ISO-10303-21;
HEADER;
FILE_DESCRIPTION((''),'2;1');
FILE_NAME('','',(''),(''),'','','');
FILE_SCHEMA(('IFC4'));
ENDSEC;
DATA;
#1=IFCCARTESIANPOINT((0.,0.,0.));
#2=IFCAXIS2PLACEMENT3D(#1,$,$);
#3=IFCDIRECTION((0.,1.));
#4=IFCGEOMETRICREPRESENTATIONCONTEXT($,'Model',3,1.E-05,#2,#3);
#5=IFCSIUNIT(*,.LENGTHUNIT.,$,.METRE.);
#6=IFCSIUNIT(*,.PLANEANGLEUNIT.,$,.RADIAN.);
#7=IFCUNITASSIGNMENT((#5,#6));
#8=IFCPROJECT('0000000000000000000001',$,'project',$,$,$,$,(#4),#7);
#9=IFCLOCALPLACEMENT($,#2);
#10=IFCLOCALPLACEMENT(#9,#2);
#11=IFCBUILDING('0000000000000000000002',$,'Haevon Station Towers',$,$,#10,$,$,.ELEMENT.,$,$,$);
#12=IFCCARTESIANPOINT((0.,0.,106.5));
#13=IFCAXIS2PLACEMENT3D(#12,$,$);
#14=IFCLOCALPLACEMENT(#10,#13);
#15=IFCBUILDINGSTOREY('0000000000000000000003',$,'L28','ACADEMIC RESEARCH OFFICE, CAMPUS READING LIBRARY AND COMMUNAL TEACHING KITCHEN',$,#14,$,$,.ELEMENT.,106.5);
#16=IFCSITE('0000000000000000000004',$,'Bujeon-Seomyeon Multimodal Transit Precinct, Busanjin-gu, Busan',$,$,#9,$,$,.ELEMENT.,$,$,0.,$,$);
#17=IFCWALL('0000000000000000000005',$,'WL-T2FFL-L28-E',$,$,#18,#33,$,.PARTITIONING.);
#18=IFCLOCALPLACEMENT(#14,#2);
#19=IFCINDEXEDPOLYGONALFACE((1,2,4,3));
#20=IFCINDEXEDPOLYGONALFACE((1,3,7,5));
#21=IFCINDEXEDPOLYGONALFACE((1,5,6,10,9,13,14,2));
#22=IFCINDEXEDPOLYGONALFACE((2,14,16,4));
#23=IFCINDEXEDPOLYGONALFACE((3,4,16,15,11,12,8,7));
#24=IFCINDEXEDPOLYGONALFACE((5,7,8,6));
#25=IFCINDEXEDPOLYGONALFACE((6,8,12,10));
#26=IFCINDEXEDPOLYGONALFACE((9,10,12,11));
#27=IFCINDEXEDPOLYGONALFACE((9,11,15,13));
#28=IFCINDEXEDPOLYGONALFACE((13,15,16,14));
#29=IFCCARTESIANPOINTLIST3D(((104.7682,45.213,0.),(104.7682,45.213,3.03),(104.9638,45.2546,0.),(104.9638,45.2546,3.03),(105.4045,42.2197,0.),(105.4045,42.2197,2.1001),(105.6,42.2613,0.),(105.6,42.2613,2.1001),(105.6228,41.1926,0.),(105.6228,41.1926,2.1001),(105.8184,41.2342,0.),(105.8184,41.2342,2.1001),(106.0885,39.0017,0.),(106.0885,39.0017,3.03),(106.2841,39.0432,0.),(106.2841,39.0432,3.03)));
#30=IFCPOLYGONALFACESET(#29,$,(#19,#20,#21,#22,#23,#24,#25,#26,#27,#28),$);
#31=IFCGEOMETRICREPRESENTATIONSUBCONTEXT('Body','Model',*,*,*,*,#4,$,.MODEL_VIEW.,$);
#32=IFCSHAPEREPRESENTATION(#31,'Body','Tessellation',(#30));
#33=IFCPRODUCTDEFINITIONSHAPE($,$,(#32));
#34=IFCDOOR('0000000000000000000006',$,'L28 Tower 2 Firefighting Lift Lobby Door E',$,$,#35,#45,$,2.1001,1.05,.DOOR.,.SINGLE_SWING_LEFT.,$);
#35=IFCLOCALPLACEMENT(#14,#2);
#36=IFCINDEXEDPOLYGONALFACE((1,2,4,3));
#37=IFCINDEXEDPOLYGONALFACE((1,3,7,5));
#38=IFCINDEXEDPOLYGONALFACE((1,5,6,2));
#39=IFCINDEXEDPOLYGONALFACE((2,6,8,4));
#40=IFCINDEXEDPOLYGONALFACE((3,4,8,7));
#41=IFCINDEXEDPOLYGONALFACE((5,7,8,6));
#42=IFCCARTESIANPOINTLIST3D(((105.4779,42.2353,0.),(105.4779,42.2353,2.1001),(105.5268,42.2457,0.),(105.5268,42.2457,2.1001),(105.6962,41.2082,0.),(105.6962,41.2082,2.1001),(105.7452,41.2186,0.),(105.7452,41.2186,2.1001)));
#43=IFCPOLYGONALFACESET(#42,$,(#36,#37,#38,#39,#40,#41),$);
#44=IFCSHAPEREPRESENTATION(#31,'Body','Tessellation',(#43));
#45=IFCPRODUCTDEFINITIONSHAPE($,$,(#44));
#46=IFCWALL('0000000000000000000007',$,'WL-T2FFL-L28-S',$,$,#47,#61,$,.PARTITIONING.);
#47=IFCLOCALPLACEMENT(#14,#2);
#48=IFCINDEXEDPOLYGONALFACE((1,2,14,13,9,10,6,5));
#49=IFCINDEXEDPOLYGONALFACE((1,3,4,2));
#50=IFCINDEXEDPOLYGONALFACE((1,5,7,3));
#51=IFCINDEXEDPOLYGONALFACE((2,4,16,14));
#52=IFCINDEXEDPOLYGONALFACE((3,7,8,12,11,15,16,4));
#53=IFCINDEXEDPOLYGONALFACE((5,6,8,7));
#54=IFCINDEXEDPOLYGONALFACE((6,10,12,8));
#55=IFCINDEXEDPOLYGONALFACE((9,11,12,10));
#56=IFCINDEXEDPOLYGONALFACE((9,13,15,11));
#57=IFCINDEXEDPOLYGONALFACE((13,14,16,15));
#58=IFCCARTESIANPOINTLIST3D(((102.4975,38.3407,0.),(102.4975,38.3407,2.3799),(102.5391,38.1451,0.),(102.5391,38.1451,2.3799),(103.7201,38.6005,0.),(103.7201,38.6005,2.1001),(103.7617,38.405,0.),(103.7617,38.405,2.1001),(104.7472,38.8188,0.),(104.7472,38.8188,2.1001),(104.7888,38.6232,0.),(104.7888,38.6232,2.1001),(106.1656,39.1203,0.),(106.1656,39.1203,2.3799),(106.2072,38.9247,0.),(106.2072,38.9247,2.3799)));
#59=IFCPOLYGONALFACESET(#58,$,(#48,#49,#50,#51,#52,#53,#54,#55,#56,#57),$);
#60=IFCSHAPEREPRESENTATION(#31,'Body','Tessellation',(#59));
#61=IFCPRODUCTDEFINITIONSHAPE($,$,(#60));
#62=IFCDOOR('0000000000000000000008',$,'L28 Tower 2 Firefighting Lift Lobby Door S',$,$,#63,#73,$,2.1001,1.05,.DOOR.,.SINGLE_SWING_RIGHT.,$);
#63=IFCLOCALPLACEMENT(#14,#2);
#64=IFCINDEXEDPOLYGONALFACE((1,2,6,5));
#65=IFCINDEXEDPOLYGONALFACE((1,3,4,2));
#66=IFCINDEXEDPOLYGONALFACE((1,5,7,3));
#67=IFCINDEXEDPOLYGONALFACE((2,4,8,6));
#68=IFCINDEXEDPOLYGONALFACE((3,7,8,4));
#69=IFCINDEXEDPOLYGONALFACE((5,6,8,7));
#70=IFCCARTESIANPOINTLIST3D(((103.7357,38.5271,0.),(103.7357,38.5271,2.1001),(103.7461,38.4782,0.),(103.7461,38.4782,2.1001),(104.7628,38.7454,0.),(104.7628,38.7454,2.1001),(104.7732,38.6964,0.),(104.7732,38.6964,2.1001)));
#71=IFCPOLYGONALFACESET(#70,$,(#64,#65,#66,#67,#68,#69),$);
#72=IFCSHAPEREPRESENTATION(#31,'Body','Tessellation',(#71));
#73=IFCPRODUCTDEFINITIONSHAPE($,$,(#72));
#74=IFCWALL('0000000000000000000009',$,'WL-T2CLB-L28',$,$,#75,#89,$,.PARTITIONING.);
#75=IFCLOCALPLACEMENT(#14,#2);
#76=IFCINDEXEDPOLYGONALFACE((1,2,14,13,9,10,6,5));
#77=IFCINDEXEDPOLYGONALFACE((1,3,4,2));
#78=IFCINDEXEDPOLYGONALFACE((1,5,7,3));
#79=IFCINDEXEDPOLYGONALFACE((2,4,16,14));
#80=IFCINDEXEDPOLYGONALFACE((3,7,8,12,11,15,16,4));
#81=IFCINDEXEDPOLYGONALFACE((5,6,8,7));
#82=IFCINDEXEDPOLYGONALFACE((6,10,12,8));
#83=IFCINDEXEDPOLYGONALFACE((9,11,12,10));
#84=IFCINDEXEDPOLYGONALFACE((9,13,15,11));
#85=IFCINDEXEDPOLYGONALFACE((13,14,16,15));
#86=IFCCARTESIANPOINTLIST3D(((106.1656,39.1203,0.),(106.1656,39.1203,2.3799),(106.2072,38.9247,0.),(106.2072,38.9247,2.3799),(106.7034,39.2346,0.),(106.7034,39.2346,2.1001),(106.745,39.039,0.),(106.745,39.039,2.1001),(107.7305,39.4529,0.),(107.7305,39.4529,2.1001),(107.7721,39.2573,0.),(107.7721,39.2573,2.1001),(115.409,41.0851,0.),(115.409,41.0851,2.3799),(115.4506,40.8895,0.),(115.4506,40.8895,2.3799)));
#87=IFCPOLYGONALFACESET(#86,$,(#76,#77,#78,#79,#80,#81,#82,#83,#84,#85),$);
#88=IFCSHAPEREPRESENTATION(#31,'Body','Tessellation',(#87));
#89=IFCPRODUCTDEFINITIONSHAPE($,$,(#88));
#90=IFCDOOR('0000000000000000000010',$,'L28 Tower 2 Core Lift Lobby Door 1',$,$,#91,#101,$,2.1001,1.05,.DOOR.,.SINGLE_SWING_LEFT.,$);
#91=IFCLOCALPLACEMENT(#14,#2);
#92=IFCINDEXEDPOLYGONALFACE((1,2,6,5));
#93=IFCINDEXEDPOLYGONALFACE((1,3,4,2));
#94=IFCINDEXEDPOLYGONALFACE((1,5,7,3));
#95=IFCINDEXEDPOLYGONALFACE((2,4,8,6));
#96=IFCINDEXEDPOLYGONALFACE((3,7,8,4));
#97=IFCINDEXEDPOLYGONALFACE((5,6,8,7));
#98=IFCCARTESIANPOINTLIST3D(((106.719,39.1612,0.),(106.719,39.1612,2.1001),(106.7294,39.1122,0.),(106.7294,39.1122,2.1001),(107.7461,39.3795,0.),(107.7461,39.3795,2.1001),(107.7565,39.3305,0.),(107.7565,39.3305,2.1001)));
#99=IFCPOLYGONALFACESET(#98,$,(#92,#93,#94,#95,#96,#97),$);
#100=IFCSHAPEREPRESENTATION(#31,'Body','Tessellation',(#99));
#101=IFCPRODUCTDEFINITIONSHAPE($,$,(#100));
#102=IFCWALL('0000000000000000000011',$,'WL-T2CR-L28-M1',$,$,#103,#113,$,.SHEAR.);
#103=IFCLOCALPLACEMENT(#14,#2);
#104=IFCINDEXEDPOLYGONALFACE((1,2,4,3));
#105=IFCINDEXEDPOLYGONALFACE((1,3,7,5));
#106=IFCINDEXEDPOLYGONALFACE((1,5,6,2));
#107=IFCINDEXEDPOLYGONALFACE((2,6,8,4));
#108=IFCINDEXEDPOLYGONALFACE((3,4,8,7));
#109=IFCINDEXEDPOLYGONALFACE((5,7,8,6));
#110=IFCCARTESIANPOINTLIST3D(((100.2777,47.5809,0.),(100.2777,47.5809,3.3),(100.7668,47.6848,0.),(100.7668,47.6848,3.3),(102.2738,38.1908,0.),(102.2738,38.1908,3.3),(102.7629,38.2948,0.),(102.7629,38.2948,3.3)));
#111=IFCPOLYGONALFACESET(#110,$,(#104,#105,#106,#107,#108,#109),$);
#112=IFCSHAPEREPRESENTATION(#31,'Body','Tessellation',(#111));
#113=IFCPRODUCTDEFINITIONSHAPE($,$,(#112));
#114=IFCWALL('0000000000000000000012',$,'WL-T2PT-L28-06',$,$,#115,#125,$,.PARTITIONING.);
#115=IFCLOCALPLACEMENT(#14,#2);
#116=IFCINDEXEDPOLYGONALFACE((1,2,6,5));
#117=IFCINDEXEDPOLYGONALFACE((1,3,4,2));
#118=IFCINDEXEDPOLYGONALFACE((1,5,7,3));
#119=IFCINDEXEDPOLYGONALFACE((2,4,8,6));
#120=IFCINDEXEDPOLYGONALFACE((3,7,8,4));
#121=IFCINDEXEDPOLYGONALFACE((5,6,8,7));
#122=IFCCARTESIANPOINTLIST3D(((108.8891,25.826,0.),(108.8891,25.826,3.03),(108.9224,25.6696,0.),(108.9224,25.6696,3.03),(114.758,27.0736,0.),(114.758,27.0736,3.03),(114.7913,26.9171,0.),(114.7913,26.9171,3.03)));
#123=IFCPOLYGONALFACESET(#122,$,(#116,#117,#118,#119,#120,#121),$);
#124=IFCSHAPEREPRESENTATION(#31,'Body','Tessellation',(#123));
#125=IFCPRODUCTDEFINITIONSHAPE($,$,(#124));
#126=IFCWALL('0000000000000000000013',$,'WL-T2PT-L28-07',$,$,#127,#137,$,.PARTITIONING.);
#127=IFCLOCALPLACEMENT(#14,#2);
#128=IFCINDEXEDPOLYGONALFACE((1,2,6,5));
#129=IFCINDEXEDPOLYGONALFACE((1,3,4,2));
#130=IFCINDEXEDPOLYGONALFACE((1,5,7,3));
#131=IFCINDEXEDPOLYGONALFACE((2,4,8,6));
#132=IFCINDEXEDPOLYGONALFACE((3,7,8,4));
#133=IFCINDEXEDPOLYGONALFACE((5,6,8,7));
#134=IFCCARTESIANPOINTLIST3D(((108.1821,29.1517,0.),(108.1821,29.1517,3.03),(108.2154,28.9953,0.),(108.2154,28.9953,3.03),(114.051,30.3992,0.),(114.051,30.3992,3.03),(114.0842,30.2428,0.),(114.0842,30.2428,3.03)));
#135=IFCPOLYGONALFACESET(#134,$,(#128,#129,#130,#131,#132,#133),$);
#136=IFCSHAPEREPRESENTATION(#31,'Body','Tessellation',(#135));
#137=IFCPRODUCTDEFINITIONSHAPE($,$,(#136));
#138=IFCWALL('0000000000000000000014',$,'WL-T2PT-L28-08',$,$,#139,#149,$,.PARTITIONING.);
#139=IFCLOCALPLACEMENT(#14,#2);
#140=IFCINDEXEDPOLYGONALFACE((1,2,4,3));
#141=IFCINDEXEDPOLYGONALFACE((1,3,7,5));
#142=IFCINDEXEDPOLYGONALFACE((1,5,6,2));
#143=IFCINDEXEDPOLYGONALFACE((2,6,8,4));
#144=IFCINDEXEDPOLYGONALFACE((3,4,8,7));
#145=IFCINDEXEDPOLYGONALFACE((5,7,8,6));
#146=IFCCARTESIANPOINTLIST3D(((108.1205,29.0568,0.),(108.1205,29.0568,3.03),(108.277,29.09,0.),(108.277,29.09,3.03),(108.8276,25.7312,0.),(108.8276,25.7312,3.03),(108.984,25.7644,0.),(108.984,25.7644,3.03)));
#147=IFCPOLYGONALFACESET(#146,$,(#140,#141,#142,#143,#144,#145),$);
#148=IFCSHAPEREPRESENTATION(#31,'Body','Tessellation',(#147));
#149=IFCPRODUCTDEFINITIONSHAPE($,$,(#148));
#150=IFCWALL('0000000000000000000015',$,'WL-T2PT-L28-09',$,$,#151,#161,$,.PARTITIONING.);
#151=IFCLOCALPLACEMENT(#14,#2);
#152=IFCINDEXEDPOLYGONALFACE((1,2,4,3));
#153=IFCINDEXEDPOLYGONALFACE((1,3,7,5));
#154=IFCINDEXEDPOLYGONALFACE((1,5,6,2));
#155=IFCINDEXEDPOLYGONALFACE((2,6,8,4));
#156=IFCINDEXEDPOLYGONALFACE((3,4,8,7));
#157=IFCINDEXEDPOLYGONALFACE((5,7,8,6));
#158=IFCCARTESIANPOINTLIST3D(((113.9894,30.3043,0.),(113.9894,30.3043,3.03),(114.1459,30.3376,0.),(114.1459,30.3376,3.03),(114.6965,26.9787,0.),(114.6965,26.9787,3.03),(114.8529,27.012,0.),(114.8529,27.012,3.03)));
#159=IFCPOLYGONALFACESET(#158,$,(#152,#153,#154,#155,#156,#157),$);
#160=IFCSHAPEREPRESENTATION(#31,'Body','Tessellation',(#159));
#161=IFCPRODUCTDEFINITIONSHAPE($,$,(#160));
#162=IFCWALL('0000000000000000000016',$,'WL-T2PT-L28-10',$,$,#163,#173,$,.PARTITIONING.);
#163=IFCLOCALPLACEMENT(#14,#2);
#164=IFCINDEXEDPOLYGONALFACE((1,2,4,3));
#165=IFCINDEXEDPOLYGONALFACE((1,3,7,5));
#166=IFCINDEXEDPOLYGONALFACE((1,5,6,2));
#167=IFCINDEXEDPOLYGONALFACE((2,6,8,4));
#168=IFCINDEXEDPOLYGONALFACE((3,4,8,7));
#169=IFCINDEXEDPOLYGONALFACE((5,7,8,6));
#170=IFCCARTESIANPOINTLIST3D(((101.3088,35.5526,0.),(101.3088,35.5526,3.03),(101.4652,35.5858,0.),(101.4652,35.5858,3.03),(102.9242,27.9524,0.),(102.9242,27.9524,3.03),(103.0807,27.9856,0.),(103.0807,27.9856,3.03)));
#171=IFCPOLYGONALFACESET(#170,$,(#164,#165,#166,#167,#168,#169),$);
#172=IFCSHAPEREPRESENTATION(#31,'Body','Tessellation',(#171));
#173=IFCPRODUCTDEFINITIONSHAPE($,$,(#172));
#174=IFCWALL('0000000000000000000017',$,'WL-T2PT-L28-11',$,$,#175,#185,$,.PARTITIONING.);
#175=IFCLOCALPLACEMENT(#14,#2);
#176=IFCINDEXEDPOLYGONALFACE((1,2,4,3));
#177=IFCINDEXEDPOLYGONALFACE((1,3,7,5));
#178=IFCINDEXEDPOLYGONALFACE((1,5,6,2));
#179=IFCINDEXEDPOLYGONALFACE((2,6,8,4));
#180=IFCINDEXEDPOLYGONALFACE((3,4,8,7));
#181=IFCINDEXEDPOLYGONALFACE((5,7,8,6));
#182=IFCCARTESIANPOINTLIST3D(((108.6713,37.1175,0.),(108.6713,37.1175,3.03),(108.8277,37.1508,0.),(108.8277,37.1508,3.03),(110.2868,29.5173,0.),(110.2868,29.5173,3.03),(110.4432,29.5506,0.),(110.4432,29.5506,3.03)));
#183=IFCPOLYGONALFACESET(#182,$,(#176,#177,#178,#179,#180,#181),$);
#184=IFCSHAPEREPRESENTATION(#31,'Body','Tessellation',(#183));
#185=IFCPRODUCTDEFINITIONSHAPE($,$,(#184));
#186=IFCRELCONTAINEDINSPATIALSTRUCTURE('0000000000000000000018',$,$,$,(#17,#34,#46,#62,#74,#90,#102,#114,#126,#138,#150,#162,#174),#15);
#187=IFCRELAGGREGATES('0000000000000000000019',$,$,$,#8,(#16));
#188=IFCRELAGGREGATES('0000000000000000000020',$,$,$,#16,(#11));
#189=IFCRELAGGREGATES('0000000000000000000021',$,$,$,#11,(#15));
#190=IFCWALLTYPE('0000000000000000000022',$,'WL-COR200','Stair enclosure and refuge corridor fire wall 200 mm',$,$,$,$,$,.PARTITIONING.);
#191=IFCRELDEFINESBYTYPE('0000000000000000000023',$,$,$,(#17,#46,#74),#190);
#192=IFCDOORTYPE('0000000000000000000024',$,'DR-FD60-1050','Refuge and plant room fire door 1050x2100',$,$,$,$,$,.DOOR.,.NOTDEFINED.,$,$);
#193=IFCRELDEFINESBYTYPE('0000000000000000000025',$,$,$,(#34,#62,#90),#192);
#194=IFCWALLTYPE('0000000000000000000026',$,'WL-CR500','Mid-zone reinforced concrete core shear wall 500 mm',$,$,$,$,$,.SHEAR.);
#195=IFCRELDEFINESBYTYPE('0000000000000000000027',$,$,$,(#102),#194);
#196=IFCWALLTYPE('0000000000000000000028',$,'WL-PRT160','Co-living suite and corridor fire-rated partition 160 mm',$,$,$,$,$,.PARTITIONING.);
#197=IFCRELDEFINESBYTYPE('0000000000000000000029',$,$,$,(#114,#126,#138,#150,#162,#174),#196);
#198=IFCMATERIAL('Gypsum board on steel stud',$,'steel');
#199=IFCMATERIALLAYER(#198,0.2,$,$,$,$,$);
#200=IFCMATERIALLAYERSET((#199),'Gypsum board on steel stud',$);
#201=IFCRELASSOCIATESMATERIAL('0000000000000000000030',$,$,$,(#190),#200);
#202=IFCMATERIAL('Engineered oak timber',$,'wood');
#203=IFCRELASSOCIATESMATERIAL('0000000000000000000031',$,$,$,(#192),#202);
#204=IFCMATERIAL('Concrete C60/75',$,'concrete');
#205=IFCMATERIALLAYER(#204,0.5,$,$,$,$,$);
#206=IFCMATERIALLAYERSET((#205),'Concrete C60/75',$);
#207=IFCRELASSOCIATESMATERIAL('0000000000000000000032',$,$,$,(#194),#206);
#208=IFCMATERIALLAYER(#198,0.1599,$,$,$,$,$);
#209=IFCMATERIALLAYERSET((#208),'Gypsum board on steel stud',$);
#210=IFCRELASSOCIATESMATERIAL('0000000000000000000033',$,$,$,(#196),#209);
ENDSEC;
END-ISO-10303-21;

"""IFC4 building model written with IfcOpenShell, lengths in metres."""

from ifc_helpers import new_model, si_unit, direction, frame, frame_2d, origin, place, context, subcontext, project, spatial, rectangle, extrude, material, layer, layer_set, type_object, element, fill, save


model = new_model("IFC4")

# Units and contexts
model_context = context("Model", 3, precision=1e-05, world=origin(), true_north=direction((0.0, 1.0)))
body_context = subcontext(model_context, "Body", "Model", "MODEL_VIEW")
ifc_project = project(units=[si_unit("LENGTHUNIT", "METRE"), si_unit("PLANEANGLEUNIT", "RADIAN")], contexts=[model_context])

# Site, building, storey
site_placement = place(None, origin())
site = spatial("IfcSite", under=ifc_project, at=site_placement, Name="Bujeon-Seomyeon Multimodal Transit Precinct, Busanjin-gu, Busan", CompositionType="ELEMENT", RefElevation=0.0)
building_placement = place(site_placement, origin())
building = spatial("IfcBuilding", under=site, at=building_placement, Name="Haevon Station Towers", CompositionType="ELEMENT")
storey_placement = place(building_placement, frame((0.0, 0.0, 106.5)))
storey = spatial("IfcBuildingStorey", under=building, at=storey_placement, Name="L28", Description="ACADEMIC RESEARCH OFFICE, CAMPUS READING LIBRARY AND COMMUNAL TEACHING KITCHEN", CompositionType="ELEMENT", Elevation=106.5)

# Walls, openings, doors
ifc_material_1 = material(Name="Gypsum board on steel stud", Category="steel")
ifc_layer_1 = layer(ifc_material_1, 0.2)
ifc_layer_set_1 = layer_set([ifc_layer_1], Name="Gypsum board on steel stud")
wall_type_1 = type_object("IfcWallType", Name="WL-COR200", Description="Stair enclosure and refuge corridor fire wall 200 mm", PredefinedType="PARTITIONING", material=ifc_layer_set_1)
wall_1_placement = place(storey_placement, frame((106.1863, 39.0225, 0.0), z_axis=(0.0, 0.0, 1.0), x_axis=(-0.207917, 0.978147, 0.0)))
wall_1 = element("IfcWall", 1, at=wall_1_placement, inside=storey, type_object=wall_type_1, Name="WL-T2FFL-L28-E", PredefinedType="PARTITIONING", context=body_context, shape_type="SweptSolid", body=[
    extrude(rectangle(XDim=6.3501, YDim=0.2, at=frame_2d((3.175, 0.0))), origin(), (0.0, 0.0, 1.0), 3.03),
])
opening_1_placement = place(wall_1_placement, frame((2.24, 0.0, 0.0)))
opening_1 = element("IfcOpeningElement", 2, at=opening_1_placement, cuts=wall_1, PredefinedType="OPENING", context=body_context, shape_type="SweptSolid", body=[
    extrude(rectangle(XDim=1.05, YDim=2.1001, at=frame_2d((0.5249, 1.05))), frame((0.0, 0.1099, 0.0), z_axis=(0.0, -1.0, 0.0), x_axis=(1.0, 0.0, 0.0)), (0.0, 0.0, 1.0), 0.22),
])
ifc_material_2 = material(Name="Engineered oak timber", Category="wood")
door_type = type_object("IfcDoorType", Name="DR-FD60-1050", Description="Refuge and plant room fire door 1050x2100", OperationType="NOTDEFINED", PredefinedType="DOOR", material=ifc_material_2)
door_1_placement = place(opening_1_placement, origin())
door_1 = element("IfcDoor", 3, at=door_1_placement, inside=storey, type_object=door_type, Name="L28 Tower 2 Firefighting Lift Lobby Door E", OperationType="SINGLE_SWING_LEFT", OverallHeight=2.1001, OverallWidth=1.05, PredefinedType="DOOR", context=body_context, shape_type="SweptSolid", body=[
    extrude(rectangle(XDim=1.05, YDim=2.1001, at=frame_2d((0.5249, 1.05))), frame((0.0, 0.0249, 0.0), z_axis=(0.0, -1.0, 0.0), x_axis=(1.0, 0.0, 0.0)), (0.0, 0.0, 1.0), 0.05),
])
fill(opening_1, door_1)
wall_2_placement = place(storey_placement, frame((102.5183, 38.2429, 0.0), z_axis=(0.0, 0.0, 1.0), x_axis=(0.978154, 0.207884, 0.0)))
wall_2 = element("IfcWall", 4, at=wall_2_placement, inside=storey, type_object=wall_type_1, Name="WL-T2FFL-L28-S", PredefinedType="PARTITIONING", context=body_context, shape_type="SweptSolid", body=[
    extrude(rectangle(XDim=3.75, YDim=0.2, at=frame_2d((1.875, 0.0))), origin(), (0.0, 0.0, 1.0), 2.3799),
])
opening_2_placement = place(wall_2_placement, frame((1.25, 0.0, 0.0)))
opening_2 = element("IfcOpeningElement", 5, at=opening_2_placement, cuts=wall_2, PredefinedType="OPENING", context=body_context, shape_type="SweptSolid", body=[
    extrude(rectangle(XDim=1.05, YDim=2.1001, at=frame_2d((0.5249, 1.05))), frame((0.0, 0.1099, 0.0), z_axis=(0.0, -1.0, 0.0), x_axis=(1.0, 0.0, 0.0)), (0.0, 0.0, 1.0), 0.22),
])
door_2_placement = place(opening_2_placement, origin())
door_2 = element("IfcDoor", 6, at=door_2_placement, inside=storey, type_object=door_type, Name="L28 Tower 2 Firefighting Lift Lobby Door S", OperationType="SINGLE_SWING_RIGHT", OverallHeight=2.1001, OverallWidth=1.05, PredefinedType="DOOR", context=body_context, shape_type="SweptSolid", body=[
    extrude(rectangle(XDim=1.05, YDim=2.1001, at=frame_2d((0.5249, 1.05))), frame((0.0, 0.0249, 0.0), z_axis=(0.0, -1.0, 0.0), x_axis=(1.0, 0.0, 0.0)), (0.0, 0.0, 1.0), 0.05),
])
fill(opening_2, door_2)
wall_3_placement = place(storey_placement, frame((106.1863, 39.0225, 0.0), z_axis=(0.0, 0.0, 1.0), x_axis=(0.978146, 0.207921, 0.0)))
wall_3 = element("IfcWall", 7, at=wall_3_placement, inside=storey, type_object=wall_type_1, Name="WL-T2CLB-L28", PredefinedType="PARTITIONING", context=body_context, shape_type="SweptSolid", body=[
    extrude(rectangle(XDim=9.45, YDim=0.2, at=frame_2d((4.7251, 0.0))), origin(), (0.0, 0.0, 1.0), 2.3799),
])
opening_3_placement = place(wall_3_placement, frame((0.55, 0.0, 0.0)))
opening_3 = element("IfcOpeningElement", 8, at=opening_3_placement, cuts=wall_3, PredefinedType="OPENING", context=body_context, shape_type="SweptSolid", body=[
    extrude(rectangle(XDim=1.05, YDim=2.1001, at=frame_2d((0.5249, 1.05))), frame((0.0, 0.1099, 0.0), z_axis=(0.0, -1.0, 0.0), x_axis=(1.0, 0.0, 0.0)), (0.0, 0.0, 1.0), 0.22),
])
door_3_placement = place(opening_3_placement, origin())
door_3 = element("IfcDoor", 9, at=door_3_placement, inside=storey, type_object=door_type, Name="L28 Tower 2 Core Lift Lobby Door 1", OperationType="SINGLE_SWING_LEFT", OverallHeight=2.1001, OverallWidth=1.05, PredefinedType="DOOR", context=body_context, shape_type="SweptSolid", body=[
    extrude(rectangle(XDim=1.05, YDim=2.1001, at=frame_2d((0.5249, 1.05))), frame((0.0, 0.0249, 0.0), z_axis=(0.0, -1.0, 0.0), x_axis=(1.0, 0.0, 0.0)), (0.0, 0.0, 1.0), 0.05),
])
fill(opening_3, door_3)

# Walls
ifc_material_3 = material(Name="Concrete C60/75", Category="concrete")
ifc_layer_2 = layer(ifc_material_3, 0.5)
ifc_layer_set_2 = layer_set([ifc_layer_2], Name="Concrete C60/75")
wall_type_2 = type_object("IfcWallType", Name="WL-CR500", Description="Mid-zone reinforced concrete core shear wall 500 mm", PredefinedType="SHEAR", material=ifc_layer_set_2)
wall_4_placement = place(storey_placement, frame((102.5183, 38.2429, 0.0), z_axis=(0.0, 0.0, 1.0), x_axis=(-0.207927, 0.978144, 0.0)))
element("IfcWall", 10, at=wall_4_placement, inside=storey, type_object=wall_type_2, Name="WL-T2CR-L28-M1", PredefinedType="SHEAR", context=body_context, shape_type="SweptSolid", body=[
    extrude(rectangle(XDim=9.5999, YDim=0.5, at=frame_2d((4.7998, 0.0))), origin(), (0.0, 0.0, 1.0), 3.3),
])
ifc_layer_3 = layer(ifc_material_1, 0.1599)
ifc_layer_set_3 = layer_set([ifc_layer_3], Name="Gypsum board on steel stud")
wall_type_3 = type_object("IfcWallType", Name="WL-PRT160", Description="Co-living suite and corridor fire-rated partition 160 mm", PredefinedType="PARTITIONING", material=ifc_layer_set_3)
for number, where, z_axis, x_axis, name in (
    (11, (108.9058, 25.7478, 0.0), (0.0, 0.0, 1.0), (0.978145, 0.207925, 0.0), "WL-T2PT-L28-06"),
    (12, (108.1987, 29.0735, 0.0), (0.0, 0.0, 1.0), (0.978145, 0.207925, 0.0), "WL-T2PT-L28-07"),
):
    element("IfcWall", number, at=place(storey_placement, frame(where, z_axis=z_axis, x_axis=x_axis)), inside=storey, type_object=wall_type_3, Name=name, PredefinedType="PARTITIONING", context=body_context, shape_type="SweptSolid", body=[
        extrude(rectangle(XDim=6.0, YDim=0.1599, at=frame_2d((3.0, 0.0))), origin(), (0.0, 0.0, 1.0), 3.03),
    ])
for number, where, z_axis, x_axis, name in (
    (13, (108.9058, 25.7478, 0.0), (0.0, 0.0, 1.0), (-0.20795, 0.97814, 0.0), "WL-T2PT-L28-08"),
    (14, (114.7747, 26.9954, 0.0), (0.0, 0.0, 1.0), (-0.20795, 0.97814, 0.0), "WL-T2PT-L28-09"),
):
    element("IfcWall", number, at=place(storey_placement, frame(where, z_axis=z_axis, x_axis=x_axis)), inside=storey, type_object=wall_type_3, Name=name, PredefinedType="PARTITIONING", context=body_context, shape_type="SweptSolid", body=[
        extrude(rectangle(XDim=3.3999, YDim=0.1599, at=frame_2d((1.7, 0.0))), origin(), (0.0, 0.0, 1.0), 3.03),
    ])
for number, where, z_axis, x_axis, name in (
    (15, (103.0024, 27.969, 0.0), (0.0, 0.0, 1.0), (-0.207909, 0.978148, 0.0), "WL-T2PT-L28-10"),
    (16, (110.365, 29.5339, 0.0), (0.0, 0.0, 1.0), (-0.207909, 0.978148, 0.0), "WL-T2PT-L28-11"),
):
    element("IfcWall", number, at=place(storey_placement, frame(where, z_axis=z_axis, x_axis=x_axis)), inside=storey, type_object=wall_type_3, Name=name, PredefinedType="PARTITIONING", context=body_context, shape_type="SweptSolid", body=[
        extrude(rectangle(XDim=7.77, YDim=0.1599, at=frame_2d((3.885, 0.0))), origin(), (0.0, 0.0, 1.0), 3.03),
    ])

save(model, "model.ifc")
